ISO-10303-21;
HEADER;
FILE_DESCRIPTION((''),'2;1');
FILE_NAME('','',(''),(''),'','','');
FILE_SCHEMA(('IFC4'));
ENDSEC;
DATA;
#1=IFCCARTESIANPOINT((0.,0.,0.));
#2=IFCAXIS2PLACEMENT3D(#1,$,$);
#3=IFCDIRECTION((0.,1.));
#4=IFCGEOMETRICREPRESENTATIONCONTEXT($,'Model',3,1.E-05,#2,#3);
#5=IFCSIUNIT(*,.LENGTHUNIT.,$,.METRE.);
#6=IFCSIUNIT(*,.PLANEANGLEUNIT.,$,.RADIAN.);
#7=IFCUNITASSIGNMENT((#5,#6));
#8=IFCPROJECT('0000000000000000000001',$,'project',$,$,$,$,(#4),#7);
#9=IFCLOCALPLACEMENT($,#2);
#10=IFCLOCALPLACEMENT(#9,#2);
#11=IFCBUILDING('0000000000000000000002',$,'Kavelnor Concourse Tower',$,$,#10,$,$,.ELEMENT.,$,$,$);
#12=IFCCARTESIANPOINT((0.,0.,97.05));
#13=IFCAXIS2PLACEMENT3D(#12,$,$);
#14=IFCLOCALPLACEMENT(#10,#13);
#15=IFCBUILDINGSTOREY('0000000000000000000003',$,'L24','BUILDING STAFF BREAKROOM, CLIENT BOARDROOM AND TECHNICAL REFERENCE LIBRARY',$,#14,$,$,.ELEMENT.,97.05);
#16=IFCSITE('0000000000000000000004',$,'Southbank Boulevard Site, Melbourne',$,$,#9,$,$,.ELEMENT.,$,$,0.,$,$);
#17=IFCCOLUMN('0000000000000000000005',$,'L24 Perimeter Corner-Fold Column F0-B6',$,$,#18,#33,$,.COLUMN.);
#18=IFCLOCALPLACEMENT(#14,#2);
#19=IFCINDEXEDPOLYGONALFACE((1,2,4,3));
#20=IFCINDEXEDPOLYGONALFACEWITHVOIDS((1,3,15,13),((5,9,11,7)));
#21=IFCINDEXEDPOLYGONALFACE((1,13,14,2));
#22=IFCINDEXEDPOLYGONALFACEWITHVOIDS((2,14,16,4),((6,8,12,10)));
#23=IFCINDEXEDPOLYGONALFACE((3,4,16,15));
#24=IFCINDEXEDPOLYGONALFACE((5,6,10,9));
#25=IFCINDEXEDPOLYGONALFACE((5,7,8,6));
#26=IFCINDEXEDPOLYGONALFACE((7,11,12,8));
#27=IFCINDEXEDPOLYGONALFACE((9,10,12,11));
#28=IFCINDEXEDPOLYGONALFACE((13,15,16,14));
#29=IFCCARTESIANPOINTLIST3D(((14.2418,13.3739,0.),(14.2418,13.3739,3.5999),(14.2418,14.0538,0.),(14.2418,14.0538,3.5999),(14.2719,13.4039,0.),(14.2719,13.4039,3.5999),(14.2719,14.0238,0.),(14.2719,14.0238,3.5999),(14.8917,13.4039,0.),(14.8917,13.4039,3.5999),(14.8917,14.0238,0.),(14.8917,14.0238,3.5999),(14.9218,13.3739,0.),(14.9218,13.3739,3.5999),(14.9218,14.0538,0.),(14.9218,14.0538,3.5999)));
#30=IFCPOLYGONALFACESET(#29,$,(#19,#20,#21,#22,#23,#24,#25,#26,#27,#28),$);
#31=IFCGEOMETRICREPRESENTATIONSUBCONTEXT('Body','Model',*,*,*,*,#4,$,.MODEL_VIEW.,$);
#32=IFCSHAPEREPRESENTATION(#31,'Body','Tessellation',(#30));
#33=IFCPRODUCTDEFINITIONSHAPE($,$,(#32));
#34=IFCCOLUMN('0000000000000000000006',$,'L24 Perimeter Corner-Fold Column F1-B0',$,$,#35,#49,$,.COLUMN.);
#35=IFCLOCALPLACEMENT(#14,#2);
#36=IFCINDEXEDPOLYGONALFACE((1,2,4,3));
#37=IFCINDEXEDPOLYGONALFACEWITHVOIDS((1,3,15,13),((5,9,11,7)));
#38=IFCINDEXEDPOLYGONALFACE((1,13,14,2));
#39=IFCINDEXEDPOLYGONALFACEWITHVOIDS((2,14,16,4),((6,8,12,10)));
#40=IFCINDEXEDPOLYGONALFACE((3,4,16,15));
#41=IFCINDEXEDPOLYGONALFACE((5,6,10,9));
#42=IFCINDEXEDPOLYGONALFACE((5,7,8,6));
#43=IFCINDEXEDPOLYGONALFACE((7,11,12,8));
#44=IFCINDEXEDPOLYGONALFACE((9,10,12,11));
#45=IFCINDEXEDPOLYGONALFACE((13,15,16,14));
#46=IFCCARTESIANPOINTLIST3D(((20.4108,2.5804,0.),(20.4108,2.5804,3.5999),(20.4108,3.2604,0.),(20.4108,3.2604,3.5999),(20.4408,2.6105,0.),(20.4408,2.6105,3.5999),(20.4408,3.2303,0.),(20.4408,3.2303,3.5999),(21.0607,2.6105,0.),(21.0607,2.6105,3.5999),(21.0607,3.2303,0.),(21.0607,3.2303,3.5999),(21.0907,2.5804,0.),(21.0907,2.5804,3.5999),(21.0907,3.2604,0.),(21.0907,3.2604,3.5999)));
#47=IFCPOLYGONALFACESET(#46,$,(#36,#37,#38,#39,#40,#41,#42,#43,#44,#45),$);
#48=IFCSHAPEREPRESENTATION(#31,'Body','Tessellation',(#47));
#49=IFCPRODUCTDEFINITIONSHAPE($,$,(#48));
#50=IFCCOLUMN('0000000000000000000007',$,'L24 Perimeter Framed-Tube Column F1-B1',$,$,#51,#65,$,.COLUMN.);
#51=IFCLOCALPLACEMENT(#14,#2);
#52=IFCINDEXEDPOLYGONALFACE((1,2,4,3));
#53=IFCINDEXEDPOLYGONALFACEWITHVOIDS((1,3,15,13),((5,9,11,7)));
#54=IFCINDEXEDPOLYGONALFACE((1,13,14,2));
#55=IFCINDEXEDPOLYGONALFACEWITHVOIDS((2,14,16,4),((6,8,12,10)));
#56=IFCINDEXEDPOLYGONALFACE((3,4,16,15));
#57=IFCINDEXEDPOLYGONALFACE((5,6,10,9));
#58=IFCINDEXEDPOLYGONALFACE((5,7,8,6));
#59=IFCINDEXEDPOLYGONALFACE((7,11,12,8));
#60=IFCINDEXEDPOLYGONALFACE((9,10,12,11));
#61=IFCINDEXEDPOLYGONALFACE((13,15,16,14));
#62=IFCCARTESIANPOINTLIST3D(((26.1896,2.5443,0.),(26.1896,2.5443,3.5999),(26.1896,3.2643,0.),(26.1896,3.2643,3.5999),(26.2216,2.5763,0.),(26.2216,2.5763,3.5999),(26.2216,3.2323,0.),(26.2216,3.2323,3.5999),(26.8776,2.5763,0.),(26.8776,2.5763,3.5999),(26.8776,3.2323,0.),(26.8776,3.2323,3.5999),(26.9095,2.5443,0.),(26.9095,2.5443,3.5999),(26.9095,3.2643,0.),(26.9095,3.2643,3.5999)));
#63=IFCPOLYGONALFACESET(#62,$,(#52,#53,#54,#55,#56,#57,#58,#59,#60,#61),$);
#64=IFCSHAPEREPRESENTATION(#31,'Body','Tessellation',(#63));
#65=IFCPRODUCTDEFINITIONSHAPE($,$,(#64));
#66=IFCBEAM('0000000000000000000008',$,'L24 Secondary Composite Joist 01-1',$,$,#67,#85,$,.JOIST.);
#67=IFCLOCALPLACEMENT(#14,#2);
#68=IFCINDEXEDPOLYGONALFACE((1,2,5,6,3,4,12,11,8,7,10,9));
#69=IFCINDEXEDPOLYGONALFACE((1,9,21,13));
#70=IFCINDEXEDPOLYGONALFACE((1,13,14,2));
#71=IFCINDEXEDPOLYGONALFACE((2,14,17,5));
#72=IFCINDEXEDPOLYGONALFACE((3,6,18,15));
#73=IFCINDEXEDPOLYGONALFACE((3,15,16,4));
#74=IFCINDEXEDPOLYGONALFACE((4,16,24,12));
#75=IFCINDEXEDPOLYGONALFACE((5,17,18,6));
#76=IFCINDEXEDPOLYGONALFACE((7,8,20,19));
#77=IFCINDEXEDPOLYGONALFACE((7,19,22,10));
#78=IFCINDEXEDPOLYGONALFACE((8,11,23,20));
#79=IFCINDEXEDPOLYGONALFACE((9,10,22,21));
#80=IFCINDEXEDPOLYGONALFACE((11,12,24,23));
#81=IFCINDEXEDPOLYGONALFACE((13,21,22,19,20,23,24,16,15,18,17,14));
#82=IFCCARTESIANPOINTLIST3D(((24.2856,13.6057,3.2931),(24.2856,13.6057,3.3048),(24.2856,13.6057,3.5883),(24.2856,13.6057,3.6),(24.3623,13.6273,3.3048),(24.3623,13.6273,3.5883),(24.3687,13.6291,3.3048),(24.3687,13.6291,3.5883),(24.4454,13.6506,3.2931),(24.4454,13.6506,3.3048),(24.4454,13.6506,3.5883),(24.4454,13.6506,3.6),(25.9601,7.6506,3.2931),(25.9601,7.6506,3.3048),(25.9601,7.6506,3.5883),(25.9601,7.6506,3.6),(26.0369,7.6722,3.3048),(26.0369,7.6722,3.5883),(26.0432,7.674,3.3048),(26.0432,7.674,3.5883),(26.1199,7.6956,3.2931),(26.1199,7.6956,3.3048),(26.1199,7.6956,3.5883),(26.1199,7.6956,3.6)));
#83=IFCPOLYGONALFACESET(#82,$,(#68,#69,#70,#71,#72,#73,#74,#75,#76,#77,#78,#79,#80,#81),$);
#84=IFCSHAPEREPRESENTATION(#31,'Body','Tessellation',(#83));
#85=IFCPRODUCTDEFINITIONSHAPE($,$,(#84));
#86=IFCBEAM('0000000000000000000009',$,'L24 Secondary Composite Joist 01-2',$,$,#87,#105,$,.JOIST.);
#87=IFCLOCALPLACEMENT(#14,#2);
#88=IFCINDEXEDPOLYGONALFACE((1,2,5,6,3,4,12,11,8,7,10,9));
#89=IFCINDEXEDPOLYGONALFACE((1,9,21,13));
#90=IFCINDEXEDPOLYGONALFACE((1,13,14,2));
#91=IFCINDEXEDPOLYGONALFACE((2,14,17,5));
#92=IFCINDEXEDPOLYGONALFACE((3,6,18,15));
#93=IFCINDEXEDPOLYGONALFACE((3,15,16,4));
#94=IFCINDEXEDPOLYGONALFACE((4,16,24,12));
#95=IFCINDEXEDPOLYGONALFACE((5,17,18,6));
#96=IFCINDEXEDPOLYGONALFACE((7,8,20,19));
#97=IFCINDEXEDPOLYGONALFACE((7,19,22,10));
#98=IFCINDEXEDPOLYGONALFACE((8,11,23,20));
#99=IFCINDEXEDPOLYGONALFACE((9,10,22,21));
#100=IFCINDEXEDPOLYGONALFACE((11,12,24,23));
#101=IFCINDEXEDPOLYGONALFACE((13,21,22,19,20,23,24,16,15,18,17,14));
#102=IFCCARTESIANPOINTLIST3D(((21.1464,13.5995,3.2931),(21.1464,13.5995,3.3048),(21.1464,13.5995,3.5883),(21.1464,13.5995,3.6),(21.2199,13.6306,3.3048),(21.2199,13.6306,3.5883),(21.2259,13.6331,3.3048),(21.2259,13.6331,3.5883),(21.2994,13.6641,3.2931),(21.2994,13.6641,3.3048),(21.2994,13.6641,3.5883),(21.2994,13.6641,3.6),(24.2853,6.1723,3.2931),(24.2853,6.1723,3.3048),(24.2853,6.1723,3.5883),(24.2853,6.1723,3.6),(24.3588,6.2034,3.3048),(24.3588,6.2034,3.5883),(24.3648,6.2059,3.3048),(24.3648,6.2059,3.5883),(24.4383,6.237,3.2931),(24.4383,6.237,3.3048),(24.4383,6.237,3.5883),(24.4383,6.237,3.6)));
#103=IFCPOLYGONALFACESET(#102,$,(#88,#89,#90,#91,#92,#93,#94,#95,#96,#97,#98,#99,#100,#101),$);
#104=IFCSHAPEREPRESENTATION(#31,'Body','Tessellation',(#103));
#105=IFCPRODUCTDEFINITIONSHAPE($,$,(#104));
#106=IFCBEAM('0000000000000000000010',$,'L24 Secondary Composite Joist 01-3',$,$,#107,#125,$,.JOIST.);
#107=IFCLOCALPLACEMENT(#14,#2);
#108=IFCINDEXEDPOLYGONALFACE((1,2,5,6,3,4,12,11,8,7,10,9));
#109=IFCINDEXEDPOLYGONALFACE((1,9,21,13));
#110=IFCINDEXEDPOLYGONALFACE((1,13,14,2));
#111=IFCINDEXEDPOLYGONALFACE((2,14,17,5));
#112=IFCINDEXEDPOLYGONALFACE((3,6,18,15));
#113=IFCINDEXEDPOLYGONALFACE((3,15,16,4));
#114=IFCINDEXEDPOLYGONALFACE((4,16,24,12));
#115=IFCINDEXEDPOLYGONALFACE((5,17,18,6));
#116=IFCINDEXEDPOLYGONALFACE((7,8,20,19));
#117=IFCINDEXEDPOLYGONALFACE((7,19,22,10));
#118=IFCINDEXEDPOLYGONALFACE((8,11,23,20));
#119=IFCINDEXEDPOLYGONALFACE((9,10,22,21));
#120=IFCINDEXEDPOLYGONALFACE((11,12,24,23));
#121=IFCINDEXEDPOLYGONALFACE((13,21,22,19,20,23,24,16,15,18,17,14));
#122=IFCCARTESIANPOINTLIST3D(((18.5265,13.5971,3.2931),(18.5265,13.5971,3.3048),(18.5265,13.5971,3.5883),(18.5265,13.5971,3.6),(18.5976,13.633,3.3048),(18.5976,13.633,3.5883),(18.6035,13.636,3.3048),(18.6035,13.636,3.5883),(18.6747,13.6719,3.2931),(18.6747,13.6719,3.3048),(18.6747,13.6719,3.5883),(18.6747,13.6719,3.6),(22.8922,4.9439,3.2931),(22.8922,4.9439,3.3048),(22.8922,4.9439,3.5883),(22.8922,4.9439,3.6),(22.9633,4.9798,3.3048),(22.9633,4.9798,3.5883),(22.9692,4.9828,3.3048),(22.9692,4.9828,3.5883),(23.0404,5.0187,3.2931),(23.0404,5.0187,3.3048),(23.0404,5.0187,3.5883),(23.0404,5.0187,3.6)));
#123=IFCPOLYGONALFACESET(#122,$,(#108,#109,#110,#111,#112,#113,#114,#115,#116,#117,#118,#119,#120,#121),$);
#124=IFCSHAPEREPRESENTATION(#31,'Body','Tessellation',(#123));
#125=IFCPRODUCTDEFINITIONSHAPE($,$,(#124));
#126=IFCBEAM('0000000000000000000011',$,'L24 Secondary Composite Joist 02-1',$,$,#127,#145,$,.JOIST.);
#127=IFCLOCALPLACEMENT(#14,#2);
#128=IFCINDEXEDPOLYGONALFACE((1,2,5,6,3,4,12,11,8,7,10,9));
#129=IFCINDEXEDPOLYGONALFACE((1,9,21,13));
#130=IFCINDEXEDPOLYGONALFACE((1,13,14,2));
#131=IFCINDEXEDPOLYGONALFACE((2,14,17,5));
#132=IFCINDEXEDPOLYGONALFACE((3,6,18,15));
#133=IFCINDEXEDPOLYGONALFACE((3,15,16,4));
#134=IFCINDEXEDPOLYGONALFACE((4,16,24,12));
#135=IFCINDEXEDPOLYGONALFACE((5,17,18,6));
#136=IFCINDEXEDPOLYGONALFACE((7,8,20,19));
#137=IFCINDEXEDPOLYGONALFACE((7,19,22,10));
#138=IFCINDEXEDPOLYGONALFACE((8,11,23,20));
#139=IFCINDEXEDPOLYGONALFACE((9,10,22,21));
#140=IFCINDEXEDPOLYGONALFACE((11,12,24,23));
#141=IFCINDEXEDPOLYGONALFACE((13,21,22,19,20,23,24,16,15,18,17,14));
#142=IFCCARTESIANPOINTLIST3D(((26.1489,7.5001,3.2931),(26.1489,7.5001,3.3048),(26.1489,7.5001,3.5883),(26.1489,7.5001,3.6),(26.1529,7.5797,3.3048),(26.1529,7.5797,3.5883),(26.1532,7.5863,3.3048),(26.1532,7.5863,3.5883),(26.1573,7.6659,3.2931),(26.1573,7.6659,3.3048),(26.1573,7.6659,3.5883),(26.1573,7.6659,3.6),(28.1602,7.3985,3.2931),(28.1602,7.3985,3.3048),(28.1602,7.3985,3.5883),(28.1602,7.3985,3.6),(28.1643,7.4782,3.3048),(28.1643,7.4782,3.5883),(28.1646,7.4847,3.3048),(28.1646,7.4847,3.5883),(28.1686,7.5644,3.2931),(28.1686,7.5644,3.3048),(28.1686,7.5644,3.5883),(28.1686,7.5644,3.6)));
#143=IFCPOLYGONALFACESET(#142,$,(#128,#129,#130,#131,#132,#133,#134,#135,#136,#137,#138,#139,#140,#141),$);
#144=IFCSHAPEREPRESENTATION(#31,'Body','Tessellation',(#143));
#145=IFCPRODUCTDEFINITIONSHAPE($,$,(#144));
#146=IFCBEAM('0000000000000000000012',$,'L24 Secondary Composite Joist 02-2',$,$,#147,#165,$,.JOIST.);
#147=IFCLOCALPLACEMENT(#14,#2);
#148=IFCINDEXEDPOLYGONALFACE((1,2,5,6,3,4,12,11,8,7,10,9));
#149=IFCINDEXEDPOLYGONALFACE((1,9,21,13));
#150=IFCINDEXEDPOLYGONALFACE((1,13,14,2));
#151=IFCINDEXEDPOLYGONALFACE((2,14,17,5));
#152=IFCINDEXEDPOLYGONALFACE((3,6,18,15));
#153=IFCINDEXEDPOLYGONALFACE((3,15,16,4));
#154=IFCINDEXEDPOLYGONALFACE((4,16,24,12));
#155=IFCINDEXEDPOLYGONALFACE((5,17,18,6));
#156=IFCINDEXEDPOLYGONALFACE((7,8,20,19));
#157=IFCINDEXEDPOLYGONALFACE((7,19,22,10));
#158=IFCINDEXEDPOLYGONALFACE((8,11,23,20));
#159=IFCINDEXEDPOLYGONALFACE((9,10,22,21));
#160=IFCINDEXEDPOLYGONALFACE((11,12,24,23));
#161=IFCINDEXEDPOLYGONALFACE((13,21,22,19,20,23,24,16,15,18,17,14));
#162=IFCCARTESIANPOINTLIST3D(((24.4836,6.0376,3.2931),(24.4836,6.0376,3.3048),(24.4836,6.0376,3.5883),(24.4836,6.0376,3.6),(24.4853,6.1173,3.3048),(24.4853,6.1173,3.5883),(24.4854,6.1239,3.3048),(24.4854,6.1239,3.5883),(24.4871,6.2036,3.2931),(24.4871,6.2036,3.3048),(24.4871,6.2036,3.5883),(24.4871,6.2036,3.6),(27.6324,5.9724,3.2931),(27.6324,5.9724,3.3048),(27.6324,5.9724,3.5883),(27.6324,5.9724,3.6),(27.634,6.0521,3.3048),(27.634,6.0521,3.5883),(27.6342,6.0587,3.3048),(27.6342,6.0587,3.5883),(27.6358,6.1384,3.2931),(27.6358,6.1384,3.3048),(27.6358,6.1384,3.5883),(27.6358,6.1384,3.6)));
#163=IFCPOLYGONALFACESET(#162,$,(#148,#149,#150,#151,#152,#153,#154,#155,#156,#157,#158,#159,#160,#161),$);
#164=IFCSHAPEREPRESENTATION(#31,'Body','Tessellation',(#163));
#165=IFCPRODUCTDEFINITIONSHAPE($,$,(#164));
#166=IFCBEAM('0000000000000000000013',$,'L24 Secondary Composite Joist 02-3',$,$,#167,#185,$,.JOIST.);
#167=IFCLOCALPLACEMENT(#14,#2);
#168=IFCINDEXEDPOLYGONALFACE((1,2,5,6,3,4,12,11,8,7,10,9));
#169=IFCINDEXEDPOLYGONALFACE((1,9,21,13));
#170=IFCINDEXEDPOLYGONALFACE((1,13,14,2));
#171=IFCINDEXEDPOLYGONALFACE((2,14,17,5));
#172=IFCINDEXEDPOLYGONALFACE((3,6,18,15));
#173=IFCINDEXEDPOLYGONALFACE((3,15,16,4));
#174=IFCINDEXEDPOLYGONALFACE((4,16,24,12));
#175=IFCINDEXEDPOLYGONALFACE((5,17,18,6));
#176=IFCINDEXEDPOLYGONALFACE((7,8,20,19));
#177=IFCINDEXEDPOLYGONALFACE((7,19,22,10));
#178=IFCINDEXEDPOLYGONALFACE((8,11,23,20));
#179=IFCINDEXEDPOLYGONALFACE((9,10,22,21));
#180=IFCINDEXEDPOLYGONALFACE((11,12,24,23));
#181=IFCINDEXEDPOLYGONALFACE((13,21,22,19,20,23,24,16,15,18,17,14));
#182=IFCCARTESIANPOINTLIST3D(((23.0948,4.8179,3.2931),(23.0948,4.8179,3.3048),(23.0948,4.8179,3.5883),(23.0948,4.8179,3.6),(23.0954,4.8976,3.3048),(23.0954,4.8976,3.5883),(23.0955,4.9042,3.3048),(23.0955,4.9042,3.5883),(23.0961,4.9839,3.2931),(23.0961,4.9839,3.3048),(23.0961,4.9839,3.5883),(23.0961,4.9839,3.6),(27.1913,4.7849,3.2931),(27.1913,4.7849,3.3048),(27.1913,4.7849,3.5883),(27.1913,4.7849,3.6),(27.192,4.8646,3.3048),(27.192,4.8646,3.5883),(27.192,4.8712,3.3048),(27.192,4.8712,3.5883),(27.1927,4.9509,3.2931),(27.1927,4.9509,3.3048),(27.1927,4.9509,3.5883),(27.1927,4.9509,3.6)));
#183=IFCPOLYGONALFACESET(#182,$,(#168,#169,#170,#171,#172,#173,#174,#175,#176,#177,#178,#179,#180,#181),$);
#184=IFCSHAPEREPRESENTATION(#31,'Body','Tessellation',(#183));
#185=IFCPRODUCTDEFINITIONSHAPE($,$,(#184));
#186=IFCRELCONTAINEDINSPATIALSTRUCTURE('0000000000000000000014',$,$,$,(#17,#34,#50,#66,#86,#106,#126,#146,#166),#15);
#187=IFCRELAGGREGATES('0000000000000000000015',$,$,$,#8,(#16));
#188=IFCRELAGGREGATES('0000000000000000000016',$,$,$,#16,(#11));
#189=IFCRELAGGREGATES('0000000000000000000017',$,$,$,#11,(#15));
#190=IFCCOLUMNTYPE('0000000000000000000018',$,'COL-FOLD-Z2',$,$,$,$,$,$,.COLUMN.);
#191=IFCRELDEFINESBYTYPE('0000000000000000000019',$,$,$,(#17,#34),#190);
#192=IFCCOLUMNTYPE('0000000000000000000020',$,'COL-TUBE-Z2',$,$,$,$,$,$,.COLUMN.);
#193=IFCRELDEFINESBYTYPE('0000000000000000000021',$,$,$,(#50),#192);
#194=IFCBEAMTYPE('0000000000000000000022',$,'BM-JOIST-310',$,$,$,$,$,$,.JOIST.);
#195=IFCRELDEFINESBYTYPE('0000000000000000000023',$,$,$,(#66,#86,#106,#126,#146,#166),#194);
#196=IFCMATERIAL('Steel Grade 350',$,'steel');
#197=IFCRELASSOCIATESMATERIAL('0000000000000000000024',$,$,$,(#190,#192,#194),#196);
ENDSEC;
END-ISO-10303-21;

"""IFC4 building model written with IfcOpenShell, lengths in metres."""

from ifc_helpers import new_model, si_unit, direction, frame, origin, origin_2d, place, context, subcontext, project, spatial, hollow_rectangle, i_section, extrude, material, material_profile, profile_set, type_object, element, save


model = new_model("IFC4")

# Units and contexts
model_context = context("Model", 3, precision=1e-05, world=origin(), true_north=direction((0.0, 1.0)))
body_context = subcontext(model_context, "Body", "Model", "MODEL_VIEW")
ifc_project = project(units=[si_unit("LENGTHUNIT", "METRE"), si_unit("PLANEANGLEUNIT", "RADIAN")], contexts=[model_context])

# Site, building, storey
site_placement = place(None, origin())
site = spatial("IfcSite", under=ifc_project, at=site_placement, Name="Southbank Boulevard Site, Melbourne", CompositionType="ELEMENT", RefElevation=0.0)
building_placement = place(site_placement, origin())
building = spatial("IfcBuilding", under=site, at=building_placement, Name="Kavelnor Concourse Tower", CompositionType="ELEMENT")
storey_placement = place(building_placement, frame((0.0, 0.0, 97.05)))
storey = spatial("IfcBuildingStorey", under=building, at=storey_placement, Name="L24", Description="BUILDING STAFF BREAKROOM, CLIENT BOARDROOM AND TECHNICAL REFERENCE LIBRARY", CompositionType="ELEMENT", Elevation=97.05)

# Columns
ifc_material_1 = material(Name="Steel Grade 350", Category="steel")
ifc_material_profile_1 = material_profile(ifc_material_1, hollow_rectangle(XDim=0.6799, YDim=0.6799, WallThickness=0.03, at=origin_2d()), Name="SHS 680x680x30")
ifc_profile_set_1 = profile_set([ifc_material_profile_1], Name="Steel Grade 350")
column_type_1 = type_object("IfcColumnType", Name="COL-FOLD-Z2", PredefinedType="COLUMN", material=ifc_profile_set_1)
for number, where, z_axis, x_axis, name in (
    (1, (14.5818, 13.7139, 0.0), (0.0, 0.0, 1.0), (1.0, 0.0, 0.0), "L24 Perimeter Corner-Fold Column F0-B6"),
    (2, (20.7507, 2.9204, 0.0), (0.0, 0.0, 1.0), (1.0, 0.0, 0.0), "L24 Perimeter Corner-Fold Column F1-B0"),
):
    element("IfcColumn", number, at=place(storey_placement, frame(where, z_axis=z_axis, x_axis=x_axis)), inside=storey, type_object=column_type_1, Name=name, PredefinedType="COLUMN", context=body_context, shape_type="SweptSolid", body=[
        extrude(hollow_rectangle(XDim=0.6799, YDim=0.6799, WallThickness=0.03, at=origin_2d()), origin(), (0.0, 0.0, 1.0), 3.5999),
    ])
ifc_material_profile_2 = material_profile(ifc_material_1, hollow_rectangle(XDim=0.72, YDim=0.72, WallThickness=0.032, at=origin_2d()), Name="SHS 720x720x32")
ifc_profile_set_2 = profile_set([ifc_material_profile_2], Name="Steel Grade 350")
column_type_2 = type_object("IfcColumnType", Name="COL-TUBE-Z2", PredefinedType="COLUMN", material=ifc_profile_set_2)
column_placement = place(storey_placement, frame((26.5496, 2.9043, 0.0), z_axis=(0.0, 0.0, 1.0), x_axis=(1.0, 0.0, 0.0)))
element("IfcColumn", 3, at=column_placement, inside=storey, type_object=column_type_2, Name="L24 Perimeter Framed-Tube Column F1-B1", PredefinedType="COLUMN", context=body_context, shape_type="SweptSolid", body=[
    extrude(hollow_rectangle(XDim=0.72, YDim=0.72, WallThickness=0.032, at=origin_2d()), origin(), (0.0, 0.0, 1.0), 3.5999),
])

# Beams
ifc_material_profile_3 = material_profile(ifc_material_1, i_section(OverallWidth=0.166, OverallDepth=0.3069, WebThickness=0.0066, FlangeThickness=0.0117, at=origin_2d()), Name="310UB46")
ifc_profile_set_3 = profile_set([ifc_material_profile_3], Name="Steel Grade 350")
beam_type_1 = type_object("IfcBeamType", Name="BM-JOIST-310", PredefinedType="JOIST", material=ifc_profile_set_3)
beam_1_placement = place(storey_placement, frame((24.3655, 13.6282, 3.4465), z_axis=(0.2707, -0.962664, 0.0), x_axis=(0.962664, 0.2707, 0.0)))
element("IfcBeam", 4, at=beam_1_placement, inside=storey, type_object=beam_type_1, Name="L24 Secondary Composite Joist 01-1", PredefinedType="JOIST", context=body_context, shape_type="SweptSolid", body=[
    extrude(i_section(OverallWidth=0.166, OverallDepth=0.3069, WebThickness=0.0066, FlangeThickness=0.0117, at=origin_2d()), origin(), (0.0, 0.0, 1.0), 6.186),
])
beam_2_placement = place(storey_placement, frame((21.2229, 13.6318, 3.4465), z_axis=(0.389284, -0.921118, 0.0), x_axis=(0.921118, 0.389284, 0.0)))
element("IfcBeam", 5, at=beam_2_placement, inside=storey, type_object=beam_type_1, Name="L24 Secondary Composite Joist 01-2", PredefinedType="JOIST", context=body_context, shape_type="SweptSolid", body=[
    extrude(i_section(OverallWidth=0.166, OverallDepth=0.3069, WebThickness=0.0066, FlangeThickness=0.0117, at=origin_2d()), origin(), (0.0, 0.0, 1.0), 8.0632),
])
beam_3_placement = place(storey_placement, frame((18.6006, 13.6345, 3.4465), z_axis=(0.450435, -0.892809, 0.0), x_axis=(0.892809, 0.450435, 0.0)))
element("IfcBeam", 6, at=beam_3_placement, inside=storey, type_object=beam_type_1, Name="L24 Secondary Composite Joist 01-3", PredefinedType="JOIST", context=body_context, shape_type="SweptSolid", body=[
    extrude(i_section(OverallWidth=0.166, OverallDepth=0.3069, WebThickness=0.0066, FlangeThickness=0.0117, at=origin_2d()), origin(), (0.0, 0.0, 1.0), 9.6921),
])
beam_4_placement = place(storey_placement, frame((26.1531, 7.583, 3.4465), z_axis=(0.998728, -0.050427, 0.0), x_axis=(0.050427, 0.998728, 0.0)))
element("IfcBeam", 7, at=beam_4_placement, inside=storey, type_object=beam_type_1, Name="L24 Secondary Composite Joist 02-1", PredefinedType="JOIST", context=body_context, shape_type="SweptSolid", body=[
    extrude(i_section(OverallWidth=0.166, OverallDepth=0.3069, WebThickness=0.0066, FlangeThickness=0.0117, at=origin_2d()), origin(), (0.0, 0.0, 1.0), 2.0139),
])
beam_5_placement = place(storey_placement, frame((24.4854, 6.1206, 3.4465), z_axis=(0.999786, -0.020698, 0.0), x_axis=(0.020698, 0.999786, 0.0)))
element("IfcBeam", 8, at=beam_5_placement, inside=storey, type_object=beam_type_1, Name="L24 Secondary Composite Joist 02-2", PredefinedType="JOIST", context=body_context, shape_type="SweptSolid", body=[
    extrude(i_section(OverallWidth=0.166, OverallDepth=0.3069, WebThickness=0.0066, FlangeThickness=0.0117, at=origin_2d()), origin(), (0.0, 0.0, 1.0), 3.1494),
])
beam_6_placement = place(storey_placement, frame((23.0955, 4.9009, 3.4465), z_axis=(0.999968, -0.008046, 0.0), x_axis=(0.008046, 0.999968, 0.0)))
element("IfcBeam", 9, at=beam_6_placement, inside=storey, type_object=beam_type_1, Name="L24 Secondary Composite Joist 02-3", PredefinedType="JOIST", context=body_context, shape_type="SweptSolid", body=[
    extrude(i_section(OverallWidth=0.166, OverallDepth=0.3069, WebThickness=0.0066, FlangeThickness=0.0117, at=origin_2d()), origin(), (0.0, 0.0, 1.0), 4.0967),
])

save(model, "model.ifc")
